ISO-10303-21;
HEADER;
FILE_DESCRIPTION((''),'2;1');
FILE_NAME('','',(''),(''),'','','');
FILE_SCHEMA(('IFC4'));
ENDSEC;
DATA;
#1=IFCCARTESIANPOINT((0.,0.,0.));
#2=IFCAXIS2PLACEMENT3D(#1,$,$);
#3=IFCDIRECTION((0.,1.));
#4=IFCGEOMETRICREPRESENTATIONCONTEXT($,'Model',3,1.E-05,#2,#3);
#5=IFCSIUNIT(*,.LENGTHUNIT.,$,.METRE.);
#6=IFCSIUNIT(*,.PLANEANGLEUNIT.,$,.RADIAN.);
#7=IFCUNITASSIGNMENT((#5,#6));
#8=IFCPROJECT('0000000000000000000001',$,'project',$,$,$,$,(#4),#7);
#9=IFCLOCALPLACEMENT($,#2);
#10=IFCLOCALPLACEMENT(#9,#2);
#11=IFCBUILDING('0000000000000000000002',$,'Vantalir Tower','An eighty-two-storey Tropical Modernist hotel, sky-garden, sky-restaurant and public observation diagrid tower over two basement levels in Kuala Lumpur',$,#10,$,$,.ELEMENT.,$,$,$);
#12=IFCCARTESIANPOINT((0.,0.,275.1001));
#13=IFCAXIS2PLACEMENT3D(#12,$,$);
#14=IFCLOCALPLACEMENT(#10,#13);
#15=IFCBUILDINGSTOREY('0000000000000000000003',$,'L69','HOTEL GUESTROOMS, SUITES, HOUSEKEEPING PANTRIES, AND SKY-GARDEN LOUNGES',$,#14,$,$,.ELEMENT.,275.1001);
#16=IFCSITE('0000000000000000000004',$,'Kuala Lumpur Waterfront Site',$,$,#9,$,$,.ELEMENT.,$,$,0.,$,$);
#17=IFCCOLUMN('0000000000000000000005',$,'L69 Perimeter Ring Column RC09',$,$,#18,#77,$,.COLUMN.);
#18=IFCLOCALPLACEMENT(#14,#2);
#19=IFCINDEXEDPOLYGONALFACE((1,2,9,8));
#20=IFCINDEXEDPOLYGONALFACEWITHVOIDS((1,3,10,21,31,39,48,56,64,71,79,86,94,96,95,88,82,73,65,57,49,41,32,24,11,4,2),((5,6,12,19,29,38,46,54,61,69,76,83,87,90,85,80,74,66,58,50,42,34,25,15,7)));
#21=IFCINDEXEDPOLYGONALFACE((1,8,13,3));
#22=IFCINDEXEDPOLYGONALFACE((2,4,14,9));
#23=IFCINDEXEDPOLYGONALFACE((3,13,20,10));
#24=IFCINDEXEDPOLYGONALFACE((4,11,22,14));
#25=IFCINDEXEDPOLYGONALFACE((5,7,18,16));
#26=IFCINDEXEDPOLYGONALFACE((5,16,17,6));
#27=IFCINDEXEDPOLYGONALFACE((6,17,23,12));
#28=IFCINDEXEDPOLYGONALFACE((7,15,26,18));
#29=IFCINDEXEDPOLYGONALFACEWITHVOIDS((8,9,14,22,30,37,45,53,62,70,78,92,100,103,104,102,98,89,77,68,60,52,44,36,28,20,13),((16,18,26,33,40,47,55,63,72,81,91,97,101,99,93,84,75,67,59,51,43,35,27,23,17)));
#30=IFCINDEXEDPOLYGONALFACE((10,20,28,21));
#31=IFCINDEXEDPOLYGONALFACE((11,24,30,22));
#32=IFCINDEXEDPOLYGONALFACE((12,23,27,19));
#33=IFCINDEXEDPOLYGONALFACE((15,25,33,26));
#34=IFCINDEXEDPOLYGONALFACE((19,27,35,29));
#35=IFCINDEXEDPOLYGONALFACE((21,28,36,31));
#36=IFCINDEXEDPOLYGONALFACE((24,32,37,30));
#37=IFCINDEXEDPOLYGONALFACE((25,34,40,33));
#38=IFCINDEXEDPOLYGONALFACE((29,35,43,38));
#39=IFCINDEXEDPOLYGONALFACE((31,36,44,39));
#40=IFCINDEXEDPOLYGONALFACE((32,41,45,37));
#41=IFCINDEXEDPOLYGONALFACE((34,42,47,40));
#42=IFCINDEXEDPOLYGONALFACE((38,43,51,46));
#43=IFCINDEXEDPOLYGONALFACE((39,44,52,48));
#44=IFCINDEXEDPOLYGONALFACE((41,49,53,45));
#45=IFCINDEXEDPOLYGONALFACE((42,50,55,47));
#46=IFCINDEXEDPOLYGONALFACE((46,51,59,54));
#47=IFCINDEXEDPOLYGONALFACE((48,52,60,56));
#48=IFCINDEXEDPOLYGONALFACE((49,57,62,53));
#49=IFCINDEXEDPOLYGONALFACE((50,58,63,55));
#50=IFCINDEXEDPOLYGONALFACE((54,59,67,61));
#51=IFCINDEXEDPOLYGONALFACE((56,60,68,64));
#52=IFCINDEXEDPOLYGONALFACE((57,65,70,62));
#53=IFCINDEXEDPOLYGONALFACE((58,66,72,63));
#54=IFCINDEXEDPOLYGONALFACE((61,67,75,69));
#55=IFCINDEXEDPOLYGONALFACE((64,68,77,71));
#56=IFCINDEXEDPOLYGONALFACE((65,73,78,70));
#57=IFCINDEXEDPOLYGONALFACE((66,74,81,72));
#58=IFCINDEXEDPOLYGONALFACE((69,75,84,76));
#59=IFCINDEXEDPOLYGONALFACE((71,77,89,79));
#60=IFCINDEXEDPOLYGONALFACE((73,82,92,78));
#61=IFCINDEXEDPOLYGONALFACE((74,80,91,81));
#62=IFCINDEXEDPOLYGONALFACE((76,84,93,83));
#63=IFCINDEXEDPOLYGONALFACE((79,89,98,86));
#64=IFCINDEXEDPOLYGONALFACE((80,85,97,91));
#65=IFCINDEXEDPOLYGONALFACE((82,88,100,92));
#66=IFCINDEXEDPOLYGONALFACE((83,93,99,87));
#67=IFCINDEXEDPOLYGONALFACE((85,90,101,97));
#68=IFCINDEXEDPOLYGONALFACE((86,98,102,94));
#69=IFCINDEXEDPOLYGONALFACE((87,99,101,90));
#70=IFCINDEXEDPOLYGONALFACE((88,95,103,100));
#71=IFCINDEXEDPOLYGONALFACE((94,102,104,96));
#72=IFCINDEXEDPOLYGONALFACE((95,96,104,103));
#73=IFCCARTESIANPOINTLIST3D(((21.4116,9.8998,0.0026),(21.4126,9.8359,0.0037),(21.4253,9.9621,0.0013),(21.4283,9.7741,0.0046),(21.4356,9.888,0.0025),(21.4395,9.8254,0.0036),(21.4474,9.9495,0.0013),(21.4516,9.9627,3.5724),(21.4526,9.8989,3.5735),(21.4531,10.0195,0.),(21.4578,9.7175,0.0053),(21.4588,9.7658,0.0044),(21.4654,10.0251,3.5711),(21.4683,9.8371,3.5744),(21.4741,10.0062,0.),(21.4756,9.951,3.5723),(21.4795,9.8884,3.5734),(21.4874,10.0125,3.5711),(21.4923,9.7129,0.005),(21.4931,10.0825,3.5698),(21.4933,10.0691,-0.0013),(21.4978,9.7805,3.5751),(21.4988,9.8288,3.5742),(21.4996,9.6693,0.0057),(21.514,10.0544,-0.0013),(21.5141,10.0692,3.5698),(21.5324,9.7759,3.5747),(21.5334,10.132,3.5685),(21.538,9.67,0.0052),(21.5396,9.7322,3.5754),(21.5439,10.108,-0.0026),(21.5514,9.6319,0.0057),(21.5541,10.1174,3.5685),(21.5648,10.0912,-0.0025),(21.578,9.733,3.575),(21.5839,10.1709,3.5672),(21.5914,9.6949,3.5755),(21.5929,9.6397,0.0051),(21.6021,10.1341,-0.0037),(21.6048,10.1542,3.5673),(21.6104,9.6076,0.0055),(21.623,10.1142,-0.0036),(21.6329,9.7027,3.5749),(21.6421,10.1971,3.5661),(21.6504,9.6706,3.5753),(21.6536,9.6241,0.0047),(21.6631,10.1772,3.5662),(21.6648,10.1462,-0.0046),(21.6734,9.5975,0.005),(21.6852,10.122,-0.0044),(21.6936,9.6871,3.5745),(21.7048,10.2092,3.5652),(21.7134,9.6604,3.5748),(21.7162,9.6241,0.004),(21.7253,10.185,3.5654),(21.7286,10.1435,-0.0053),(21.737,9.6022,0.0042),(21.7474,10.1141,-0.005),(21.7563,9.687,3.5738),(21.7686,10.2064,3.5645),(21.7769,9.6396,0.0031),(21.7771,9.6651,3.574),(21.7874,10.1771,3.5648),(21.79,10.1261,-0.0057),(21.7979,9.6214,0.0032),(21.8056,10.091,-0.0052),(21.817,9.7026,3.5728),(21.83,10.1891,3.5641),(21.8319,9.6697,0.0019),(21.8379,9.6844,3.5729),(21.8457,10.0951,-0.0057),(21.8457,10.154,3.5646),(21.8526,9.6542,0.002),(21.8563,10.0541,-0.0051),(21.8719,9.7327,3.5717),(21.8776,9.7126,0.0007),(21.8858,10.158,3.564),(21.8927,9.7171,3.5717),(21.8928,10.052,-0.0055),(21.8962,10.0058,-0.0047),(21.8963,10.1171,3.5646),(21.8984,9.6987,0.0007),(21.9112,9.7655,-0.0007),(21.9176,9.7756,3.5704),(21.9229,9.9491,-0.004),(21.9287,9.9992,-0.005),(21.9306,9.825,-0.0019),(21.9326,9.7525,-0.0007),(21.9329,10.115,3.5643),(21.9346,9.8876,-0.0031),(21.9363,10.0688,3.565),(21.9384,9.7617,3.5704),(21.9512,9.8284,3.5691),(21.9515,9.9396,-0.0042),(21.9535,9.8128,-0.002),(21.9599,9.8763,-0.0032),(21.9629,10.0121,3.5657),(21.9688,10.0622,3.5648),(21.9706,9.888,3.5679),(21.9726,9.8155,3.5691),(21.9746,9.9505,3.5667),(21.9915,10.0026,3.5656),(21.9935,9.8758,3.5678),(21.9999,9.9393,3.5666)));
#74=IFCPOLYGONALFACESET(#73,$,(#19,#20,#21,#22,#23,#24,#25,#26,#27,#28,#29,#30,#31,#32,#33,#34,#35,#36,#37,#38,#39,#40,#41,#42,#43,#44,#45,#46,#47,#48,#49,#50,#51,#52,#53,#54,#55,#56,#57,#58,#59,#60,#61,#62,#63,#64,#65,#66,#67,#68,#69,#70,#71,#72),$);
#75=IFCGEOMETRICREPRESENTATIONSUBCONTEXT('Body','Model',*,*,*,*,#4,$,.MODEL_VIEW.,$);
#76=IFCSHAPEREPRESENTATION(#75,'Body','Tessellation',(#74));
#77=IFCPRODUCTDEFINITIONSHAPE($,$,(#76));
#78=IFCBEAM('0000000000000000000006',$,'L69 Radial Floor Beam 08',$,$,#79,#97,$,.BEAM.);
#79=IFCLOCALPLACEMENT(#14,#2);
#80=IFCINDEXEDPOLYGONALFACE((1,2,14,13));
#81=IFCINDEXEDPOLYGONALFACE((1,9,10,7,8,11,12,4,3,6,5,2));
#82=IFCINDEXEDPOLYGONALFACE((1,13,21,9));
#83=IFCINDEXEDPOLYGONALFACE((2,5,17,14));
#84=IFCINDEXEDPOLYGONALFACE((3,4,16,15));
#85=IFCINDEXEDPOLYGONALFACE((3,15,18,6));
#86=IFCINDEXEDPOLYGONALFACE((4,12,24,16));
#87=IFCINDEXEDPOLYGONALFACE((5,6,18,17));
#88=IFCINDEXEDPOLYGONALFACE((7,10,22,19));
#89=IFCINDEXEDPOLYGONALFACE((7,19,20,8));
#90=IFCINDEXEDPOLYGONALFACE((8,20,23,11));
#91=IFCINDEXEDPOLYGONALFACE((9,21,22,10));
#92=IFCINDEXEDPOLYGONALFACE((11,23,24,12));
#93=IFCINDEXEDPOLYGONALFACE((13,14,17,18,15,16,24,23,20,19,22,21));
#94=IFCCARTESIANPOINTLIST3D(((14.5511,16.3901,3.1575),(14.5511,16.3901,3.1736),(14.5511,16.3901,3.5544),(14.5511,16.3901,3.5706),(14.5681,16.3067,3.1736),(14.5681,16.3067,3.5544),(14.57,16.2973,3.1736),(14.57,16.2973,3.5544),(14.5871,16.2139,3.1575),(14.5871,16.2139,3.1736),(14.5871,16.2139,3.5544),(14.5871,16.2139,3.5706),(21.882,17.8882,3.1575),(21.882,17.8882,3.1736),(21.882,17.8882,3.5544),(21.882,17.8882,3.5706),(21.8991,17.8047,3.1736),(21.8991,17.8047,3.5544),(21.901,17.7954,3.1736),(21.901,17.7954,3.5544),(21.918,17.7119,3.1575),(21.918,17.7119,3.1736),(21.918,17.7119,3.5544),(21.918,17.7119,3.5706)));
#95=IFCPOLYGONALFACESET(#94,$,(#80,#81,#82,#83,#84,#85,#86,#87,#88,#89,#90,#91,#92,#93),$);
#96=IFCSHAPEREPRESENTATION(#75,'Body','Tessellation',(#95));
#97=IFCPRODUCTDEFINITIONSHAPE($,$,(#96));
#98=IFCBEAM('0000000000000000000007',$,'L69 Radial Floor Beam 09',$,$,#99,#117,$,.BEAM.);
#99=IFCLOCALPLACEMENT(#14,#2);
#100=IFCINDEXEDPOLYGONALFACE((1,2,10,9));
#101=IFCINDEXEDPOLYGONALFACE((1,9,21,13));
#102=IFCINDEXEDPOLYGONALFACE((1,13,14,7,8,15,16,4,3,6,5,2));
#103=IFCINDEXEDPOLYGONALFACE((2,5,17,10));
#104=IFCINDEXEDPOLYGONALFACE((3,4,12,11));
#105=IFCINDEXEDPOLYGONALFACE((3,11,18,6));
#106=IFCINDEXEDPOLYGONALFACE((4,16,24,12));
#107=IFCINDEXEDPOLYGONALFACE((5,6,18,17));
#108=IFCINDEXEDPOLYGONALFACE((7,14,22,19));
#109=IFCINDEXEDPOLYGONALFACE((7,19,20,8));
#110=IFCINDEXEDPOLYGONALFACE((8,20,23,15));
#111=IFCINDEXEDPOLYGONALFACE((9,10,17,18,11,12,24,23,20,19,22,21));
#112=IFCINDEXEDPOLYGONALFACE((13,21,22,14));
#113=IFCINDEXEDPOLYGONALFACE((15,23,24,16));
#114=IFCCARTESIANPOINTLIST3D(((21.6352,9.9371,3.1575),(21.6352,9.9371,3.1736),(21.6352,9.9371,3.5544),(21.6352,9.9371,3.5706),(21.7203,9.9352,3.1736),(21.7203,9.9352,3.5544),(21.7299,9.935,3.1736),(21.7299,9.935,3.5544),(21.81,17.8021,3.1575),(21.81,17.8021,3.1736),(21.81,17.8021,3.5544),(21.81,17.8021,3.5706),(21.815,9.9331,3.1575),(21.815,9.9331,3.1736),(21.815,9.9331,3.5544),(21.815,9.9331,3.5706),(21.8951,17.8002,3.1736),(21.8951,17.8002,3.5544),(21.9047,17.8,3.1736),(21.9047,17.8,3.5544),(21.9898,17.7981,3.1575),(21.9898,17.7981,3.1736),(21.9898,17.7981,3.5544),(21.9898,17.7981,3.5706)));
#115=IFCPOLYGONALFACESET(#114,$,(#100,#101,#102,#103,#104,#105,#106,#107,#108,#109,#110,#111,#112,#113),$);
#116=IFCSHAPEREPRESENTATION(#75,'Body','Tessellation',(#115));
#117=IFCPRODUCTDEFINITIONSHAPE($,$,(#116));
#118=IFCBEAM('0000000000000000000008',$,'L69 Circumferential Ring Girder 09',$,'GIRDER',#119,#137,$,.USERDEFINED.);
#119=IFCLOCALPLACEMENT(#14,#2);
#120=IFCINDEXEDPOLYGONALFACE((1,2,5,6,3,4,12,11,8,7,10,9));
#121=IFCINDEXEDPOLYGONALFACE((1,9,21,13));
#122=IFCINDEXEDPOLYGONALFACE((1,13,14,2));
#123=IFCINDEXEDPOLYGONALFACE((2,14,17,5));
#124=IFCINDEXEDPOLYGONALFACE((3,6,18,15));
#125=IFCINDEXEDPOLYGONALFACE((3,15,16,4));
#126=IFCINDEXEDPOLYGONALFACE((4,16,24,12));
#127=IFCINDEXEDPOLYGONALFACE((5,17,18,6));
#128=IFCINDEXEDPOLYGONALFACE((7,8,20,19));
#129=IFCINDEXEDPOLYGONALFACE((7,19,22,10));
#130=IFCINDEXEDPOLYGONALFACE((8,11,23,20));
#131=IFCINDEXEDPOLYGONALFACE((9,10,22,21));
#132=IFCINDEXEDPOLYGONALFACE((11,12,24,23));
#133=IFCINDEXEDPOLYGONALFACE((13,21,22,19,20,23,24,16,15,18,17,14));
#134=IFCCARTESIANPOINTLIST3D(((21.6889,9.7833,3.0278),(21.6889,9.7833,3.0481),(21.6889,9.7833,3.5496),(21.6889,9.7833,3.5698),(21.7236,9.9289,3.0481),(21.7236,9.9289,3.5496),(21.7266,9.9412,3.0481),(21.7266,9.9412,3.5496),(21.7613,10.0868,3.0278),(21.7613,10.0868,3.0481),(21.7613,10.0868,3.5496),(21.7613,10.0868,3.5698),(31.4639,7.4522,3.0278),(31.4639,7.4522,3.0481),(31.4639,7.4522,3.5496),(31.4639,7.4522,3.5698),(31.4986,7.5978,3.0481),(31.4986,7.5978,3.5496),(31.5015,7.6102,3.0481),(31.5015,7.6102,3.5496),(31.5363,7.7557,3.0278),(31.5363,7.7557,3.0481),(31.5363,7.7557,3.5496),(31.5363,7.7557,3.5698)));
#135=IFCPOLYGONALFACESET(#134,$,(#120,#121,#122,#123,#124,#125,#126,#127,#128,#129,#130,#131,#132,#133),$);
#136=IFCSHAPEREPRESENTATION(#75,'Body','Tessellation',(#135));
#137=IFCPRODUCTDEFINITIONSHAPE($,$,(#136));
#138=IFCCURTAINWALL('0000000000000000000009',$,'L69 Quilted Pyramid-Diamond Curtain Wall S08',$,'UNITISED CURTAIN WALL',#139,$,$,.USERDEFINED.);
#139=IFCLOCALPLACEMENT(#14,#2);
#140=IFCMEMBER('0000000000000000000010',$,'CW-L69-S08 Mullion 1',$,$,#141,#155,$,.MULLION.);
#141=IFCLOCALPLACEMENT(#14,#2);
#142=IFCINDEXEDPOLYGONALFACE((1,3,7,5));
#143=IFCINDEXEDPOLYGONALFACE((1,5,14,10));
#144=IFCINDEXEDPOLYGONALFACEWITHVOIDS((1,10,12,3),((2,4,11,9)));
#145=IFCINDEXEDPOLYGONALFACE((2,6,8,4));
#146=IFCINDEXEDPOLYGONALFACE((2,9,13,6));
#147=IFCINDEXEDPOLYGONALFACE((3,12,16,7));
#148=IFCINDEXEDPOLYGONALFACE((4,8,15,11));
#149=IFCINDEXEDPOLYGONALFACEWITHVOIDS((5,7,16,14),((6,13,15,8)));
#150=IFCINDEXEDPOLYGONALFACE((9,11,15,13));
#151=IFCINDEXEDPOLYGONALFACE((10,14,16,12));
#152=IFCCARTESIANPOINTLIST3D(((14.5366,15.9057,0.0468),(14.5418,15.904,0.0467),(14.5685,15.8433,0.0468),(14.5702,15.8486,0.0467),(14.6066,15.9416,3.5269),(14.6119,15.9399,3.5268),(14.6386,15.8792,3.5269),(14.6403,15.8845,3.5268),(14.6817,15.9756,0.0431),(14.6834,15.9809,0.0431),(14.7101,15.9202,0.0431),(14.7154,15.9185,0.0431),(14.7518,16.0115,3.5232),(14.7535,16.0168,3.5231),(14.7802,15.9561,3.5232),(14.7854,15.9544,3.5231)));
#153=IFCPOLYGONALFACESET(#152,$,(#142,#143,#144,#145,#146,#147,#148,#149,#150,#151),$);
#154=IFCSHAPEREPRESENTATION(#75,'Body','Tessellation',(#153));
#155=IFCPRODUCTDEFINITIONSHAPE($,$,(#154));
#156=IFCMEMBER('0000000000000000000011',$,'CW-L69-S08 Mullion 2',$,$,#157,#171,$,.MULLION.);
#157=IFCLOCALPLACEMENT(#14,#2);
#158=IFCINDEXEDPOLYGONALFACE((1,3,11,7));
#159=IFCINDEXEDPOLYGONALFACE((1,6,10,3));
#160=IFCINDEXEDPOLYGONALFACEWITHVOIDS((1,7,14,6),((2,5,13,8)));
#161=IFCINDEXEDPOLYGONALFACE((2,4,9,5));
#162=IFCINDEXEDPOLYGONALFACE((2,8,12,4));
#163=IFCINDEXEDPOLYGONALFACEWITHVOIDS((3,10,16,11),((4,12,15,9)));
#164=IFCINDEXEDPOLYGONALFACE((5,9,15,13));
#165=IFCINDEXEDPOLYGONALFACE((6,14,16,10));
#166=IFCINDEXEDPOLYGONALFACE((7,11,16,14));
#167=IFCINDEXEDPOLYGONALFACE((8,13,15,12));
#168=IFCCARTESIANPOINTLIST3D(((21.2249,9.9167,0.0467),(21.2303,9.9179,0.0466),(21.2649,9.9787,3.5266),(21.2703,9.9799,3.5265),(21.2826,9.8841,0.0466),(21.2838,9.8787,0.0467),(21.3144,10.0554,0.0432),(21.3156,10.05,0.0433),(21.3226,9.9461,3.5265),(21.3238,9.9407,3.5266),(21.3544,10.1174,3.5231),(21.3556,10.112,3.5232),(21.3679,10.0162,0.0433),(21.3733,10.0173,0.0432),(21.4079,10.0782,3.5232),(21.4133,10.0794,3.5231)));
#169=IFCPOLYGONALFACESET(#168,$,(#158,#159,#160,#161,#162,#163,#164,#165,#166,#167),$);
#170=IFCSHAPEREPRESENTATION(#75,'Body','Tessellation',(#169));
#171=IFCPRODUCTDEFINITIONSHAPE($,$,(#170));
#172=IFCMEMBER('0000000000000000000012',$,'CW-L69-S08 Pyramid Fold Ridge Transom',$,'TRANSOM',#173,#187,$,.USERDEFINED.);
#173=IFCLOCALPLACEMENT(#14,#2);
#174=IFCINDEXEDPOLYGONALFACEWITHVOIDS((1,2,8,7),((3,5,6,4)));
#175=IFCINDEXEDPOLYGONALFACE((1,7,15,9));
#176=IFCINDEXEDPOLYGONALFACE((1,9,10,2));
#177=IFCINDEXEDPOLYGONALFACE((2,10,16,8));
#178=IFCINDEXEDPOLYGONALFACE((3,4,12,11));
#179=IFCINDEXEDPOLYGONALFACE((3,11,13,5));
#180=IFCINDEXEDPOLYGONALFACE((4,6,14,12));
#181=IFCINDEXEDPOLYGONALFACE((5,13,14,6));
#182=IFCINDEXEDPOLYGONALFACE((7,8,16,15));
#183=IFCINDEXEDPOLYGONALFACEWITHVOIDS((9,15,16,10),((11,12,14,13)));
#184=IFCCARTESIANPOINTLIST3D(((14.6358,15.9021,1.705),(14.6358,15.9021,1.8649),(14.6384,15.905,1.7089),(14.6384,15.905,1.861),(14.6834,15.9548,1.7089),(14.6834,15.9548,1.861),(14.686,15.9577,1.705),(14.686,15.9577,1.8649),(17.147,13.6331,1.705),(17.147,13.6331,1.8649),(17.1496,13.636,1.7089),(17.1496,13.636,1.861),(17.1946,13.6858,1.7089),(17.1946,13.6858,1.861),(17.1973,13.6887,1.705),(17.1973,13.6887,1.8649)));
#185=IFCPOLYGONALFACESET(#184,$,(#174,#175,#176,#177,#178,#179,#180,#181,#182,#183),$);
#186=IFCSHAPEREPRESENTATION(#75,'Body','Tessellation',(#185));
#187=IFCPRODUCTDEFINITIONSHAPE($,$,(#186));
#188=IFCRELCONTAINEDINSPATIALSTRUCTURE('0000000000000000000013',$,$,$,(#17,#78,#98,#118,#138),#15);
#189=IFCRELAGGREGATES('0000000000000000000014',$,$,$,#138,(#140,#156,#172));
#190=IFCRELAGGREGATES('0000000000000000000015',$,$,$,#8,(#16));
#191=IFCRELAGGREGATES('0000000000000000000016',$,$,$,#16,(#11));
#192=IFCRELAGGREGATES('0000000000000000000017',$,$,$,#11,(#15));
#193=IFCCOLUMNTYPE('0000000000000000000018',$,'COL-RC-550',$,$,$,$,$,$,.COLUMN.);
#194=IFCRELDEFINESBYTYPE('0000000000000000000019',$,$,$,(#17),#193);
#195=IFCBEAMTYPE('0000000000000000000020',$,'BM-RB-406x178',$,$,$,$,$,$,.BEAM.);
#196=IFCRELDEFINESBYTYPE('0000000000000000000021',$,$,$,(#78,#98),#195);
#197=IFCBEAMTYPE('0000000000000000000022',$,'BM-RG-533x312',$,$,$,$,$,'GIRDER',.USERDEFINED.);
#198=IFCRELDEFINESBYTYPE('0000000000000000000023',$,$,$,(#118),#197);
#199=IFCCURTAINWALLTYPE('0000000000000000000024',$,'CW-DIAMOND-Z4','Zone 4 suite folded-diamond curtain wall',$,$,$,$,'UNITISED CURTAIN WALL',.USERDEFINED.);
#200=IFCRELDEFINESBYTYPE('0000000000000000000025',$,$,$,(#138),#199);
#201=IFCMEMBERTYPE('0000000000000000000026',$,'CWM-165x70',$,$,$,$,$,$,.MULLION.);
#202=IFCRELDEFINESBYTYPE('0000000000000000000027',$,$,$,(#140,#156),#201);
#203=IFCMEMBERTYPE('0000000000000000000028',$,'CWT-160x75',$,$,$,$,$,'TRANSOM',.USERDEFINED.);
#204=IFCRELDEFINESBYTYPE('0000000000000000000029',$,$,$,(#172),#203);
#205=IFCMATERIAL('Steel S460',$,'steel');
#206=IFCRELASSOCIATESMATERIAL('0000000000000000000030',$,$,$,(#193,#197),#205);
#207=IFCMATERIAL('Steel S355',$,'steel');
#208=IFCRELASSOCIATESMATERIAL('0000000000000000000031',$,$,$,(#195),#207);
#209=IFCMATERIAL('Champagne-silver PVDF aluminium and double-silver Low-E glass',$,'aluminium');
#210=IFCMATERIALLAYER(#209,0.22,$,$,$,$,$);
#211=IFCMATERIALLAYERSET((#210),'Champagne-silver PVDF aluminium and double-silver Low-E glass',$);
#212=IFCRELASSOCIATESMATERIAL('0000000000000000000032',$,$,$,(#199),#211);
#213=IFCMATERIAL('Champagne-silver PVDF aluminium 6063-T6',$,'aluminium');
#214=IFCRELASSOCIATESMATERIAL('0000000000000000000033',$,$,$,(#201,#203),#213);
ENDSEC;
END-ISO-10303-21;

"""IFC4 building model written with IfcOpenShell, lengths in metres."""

from ifc_helpers import new_model, si_unit, direction, frame, origin, origin_2d, place, context, subcontext, project, spatial, hollow_rectangle, hollow_circle, i_section, extrude, material, layer, layer_set, material_profile, profile_set, type_object, element, aggregate, save


model = new_model("IFC4")

# Units and contexts
model_context = context("Model", 3, precision=1e-05, world=origin(), true_north=direction((0.0, 1.0)))
body_context = subcontext(model_context, "Body", "Model", "MODEL_VIEW")
ifc_project = project(units=[si_unit("LENGTHUNIT", "METRE"), si_unit("PLANEANGLEUNIT", "RADIAN")], contexts=[model_context])

# Site, building, storey
site_placement = place(None, origin())
site = spatial("IfcSite", under=ifc_project, at=site_placement, Name="Kuala Lumpur Waterfront Site", CompositionType="ELEMENT", RefElevation=0.0)
building_placement = place(site_placement, origin())
building = spatial("IfcBuilding", under=site, at=building_placement, Name="Vantalir Tower", Description="An eighty-two-storey Tropical Modernist hotel, sky-garden, sky-restaurant and public observation diagrid tower over two basement levels in Kuala Lumpur", CompositionType="ELEMENT")
storey_placement = place(building_placement, frame((0.0, 0.0, 275.1001)))
storey = spatial("IfcBuildingStorey", under=building, at=storey_placement, Name="L69", Description="HOTEL GUESTROOMS, SUITES, HOUSEKEEPING PANTRIES, AND SKY-GARDEN LOUNGES", CompositionType="ELEMENT", Elevation=275.1001)

# Column
ifc_material_1 = material(Name="Steel S460", Category="steel")
ifc_material_profile_1 = material_profile(ifc_material_1, hollow_circle(Radius=0.2749, WallThickness=0.0249, at=origin_2d()), Name="Steel S460")
ifc_profile_set_1 = profile_set([ifc_material_profile_1], Name="Steel S460")
column_type = type_object("IfcColumnType", Name="COL-RC-550", PredefinedType="COLUMN", material=ifc_profile_set_1)
column_placement = place(storey_placement, frame((21.6851, 9.8721, 0.0), z_axis=(0.011214, 0.017641, 0.999782), x_axis=(-0.843931, 0.536452, 0.0)))
element("IfcColumn", 1, at=column_placement, inside=storey, type_object=column_type, Name="L69 Perimeter Ring Column RC09", PredefinedType="COLUMN", context=body_context, shape_type="SweptSolid", body=[
    extrude(hollow_circle(Radius=0.2749, WallThickness=0.0249, at=origin_2d()), origin(), (0.0, 0.0, 1.0), 3.5706),
])

# Beams
ifc_material_2 = material(Name="Steel S355", Category="steel")
ifc_material_profile_2 = material_profile(ifc_material_2, i_section(OverallWidth=0.1799, OverallDepth=0.4131, WebThickness=0.0095, FlangeThickness=0.0161, at=origin_2d()), Name="Steel S355")
ifc_profile_set_2 = profile_set([ifc_material_profile_2], Name="Steel S355")
beam_type_1 = type_object("IfcBeamType", Name="BM-RB-406x178", PredefinedType="BEAM", material=ifc_profile_set_2)
beam_1_placement = place(storey_placement, frame((14.5691, 16.302, 3.364), z_axis=(0.979753, 0.200212, 0.0), x_axis=(-0.200212, 0.979753, 0.0)))
element("IfcBeam", 2, at=beam_1_placement, inside=storey, type_object=beam_type_1, Name="L69 Radial Floor Beam 08", PredefinedType="BEAM", context=body_context, shape_type="SweptSolid", body=[
    extrude(i_section(OverallWidth=0.1799, OverallDepth=0.4131, WebThickness=0.0095, FlangeThickness=0.0161, at=origin_2d()), origin(), (0.0, 0.0, 1.0), 7.4824),
])
beam_2_placement = place(storey_placement, frame((21.7251, 9.9351, 3.364), z_axis=(0.02222, 0.999753, 0.0), x_axis=(-0.999753, 0.02222, 0.0)))
element("IfcBeam", 3, at=beam_2_placement, inside=storey, type_object=beam_type_1, Name="L69 Radial Floor Beam 09", PredefinedType="BEAM", context=body_context, shape_type="SweptSolid", body=[
    extrude(i_section(OverallWidth=0.1799, OverallDepth=0.4131, WebThickness=0.0095, FlangeThickness=0.0161, at=origin_2d()), origin(), (0.0, 0.0, 1.0), 7.8669),
])
ifc_material_profile_3 = material_profile(ifc_material_1, i_section(OverallWidth=0.312, OverallDepth=0.542, WebThickness=0.0127, FlangeThickness=0.0203, at=origin_2d()), Name="Steel S460")
ifc_profile_set_3 = profile_set([ifc_material_profile_3], Name="Steel S460")
beam_type_2 = type_object("IfcBeamType", Name="BM-RG-533x312", ElementType="GIRDER", PredefinedType="USERDEFINED", material=ifc_profile_set_3)
beam_3_placement = place(storey_placement, frame((21.7251, 9.9351, 3.2988), z_axis=(0.972723, -0.231969, 0.0), x_axis=(0.231969, 0.972723, 0.0)))
element("IfcBeam", 4, at=beam_3_placement, inside=storey, type_object=beam_type_2, Name="L69 Circumferential Ring Girder 09", ObjectType="GIRDER", PredefinedType="USERDEFINED", context=body_context, shape_type="SweptSolid", body=[
    extrude(i_section(OverallWidth=0.312, OverallDepth=0.542, WebThickness=0.0127, FlangeThickness=0.0203, at=origin_2d()), origin(), (0.0, 0.0, 1.0), 10.0491),
])

# Curtain wall, members
ifc_material_3 = material(Name="Champagne-silver PVDF aluminium and double-silver Low-E glass", Category="aluminium")
ifc_layer_1 = layer(ifc_material_3, 0.22)
ifc_layer_set_1 = layer_set([ifc_layer_1], Name="Champagne-silver PVDF aluminium and double-silver Low-E glass")
curtain_wall_type = type_object("IfcCurtainWallType", Name="CW-DIAMOND-Z4", Description="Zone 4 suite folded-diamond curtain wall", ElementType="UNITISED CURTAIN WALL", PredefinedType="USERDEFINED", material=ifc_layer_set_1)
curtain_wall_placement = place(storey_placement, origin())
curtain_wall = element("IfcCurtainWall", 5, at=curtain_wall_placement, inside=storey, type_object=curtain_wall_type, Name="L69 Quilted Pyramid-Diamond Curtain Wall S08", ObjectType="UNITISED CURTAIN WALL", PredefinedType="USERDEFINED")
ifc_material_4 = material(Name="Champagne-silver PVDF aluminium 6063-T6", Category="aluminium")
ifc_material_profile_4 = material_profile(ifc_material_4, hollow_rectangle(XDim=0.0701, YDim=0.165, WallThickness=0.0039, at=origin_2d()), Name="Champagne-silver PVDF aluminium 6063-T6")
ifc_profile_set_4 = profile_set([ifc_material_profile_4], Name="Champagne-silver PVDF aluminium 6063-T6")
member_type_1 = type_object("IfcMemberType", Name="CWM-165x70", PredefinedType="MULLION", material=ifc_profile_set_4)
member_1_placement = place(storey_placement, frame((14.626, 15.9121, 0.0449), z_axis=(0.02013, 0.01031, 0.999744), x_axis=(-0.455876, 0.890043, 0.0)))
member_1 = element("IfcMember", 6, at=member_1_placement, type_object=member_type_1, Name="CW-L69-S08 Mullion 1", PredefinedType="MULLION", context=body_context, shape_type="SweptSolid", body=[
    extrude(hollow_rectangle(XDim=0.0701, YDim=0.165, WallThickness=0.0039, at=origin_2d()), origin(), (0.0, 0.0, 1.0), 3.481),
])
member_2_placement = place(storey_placement, frame((21.2991, 9.967, 0.0449), z_axis=(0.011503, 0.017816, 0.999775), x_axis=(-0.840102, 0.542428, 0.0)))
member_2 = element("IfcMember", 7, at=member_2_placement, type_object=member_type_1, Name="CW-L69-S08 Mullion 2", PredefinedType="MULLION", context=body_context, shape_type="SweptSolid", body=[
    extrude(hollow_rectangle(XDim=0.0701, YDim=0.165, WallThickness=0.0039, at=origin_2d()), origin(), (0.0, 0.0, 1.0), 3.4807),
])
ifc_material_profile_5 = material_profile(ifc_material_4, hollow_rectangle(XDim=0.075, YDim=0.1599, WallThickness=0.0039, at=origin_2d()), Name="Champagne-silver PVDF aluminium 6063-T6")
ifc_profile_set_5 = profile_set([ifc_material_profile_5], Name="Champagne-silver PVDF aluminium 6063-T6")
member_type_2 = type_object("IfcMemberType", Name="CWT-160x75", ElementType="TRANSOM", PredefinedType="USERDEFINED", material=ifc_profile_set_5)
member_3_placement = place(storey_placement, frame((14.6609, 15.9299, 1.7849), z_axis=(0.74198, -0.670422, 0.0), x_axis=(0.670422, 0.74198, 0.0)))
member_3 = element("IfcMember", 8, at=member_3_placement, type_object=member_type_2, Name="CW-L69-S08 Pyramid Fold Ridge Transom", ObjectType="TRANSOM", PredefinedType="USERDEFINED", context=body_context, shape_type="SweptSolid", body=[
    extrude(hollow_rectangle(XDim=0.075, YDim=0.1599, WallThickness=0.0039, at=origin_2d()), origin(), (0.0, 0.0, 1.0), 3.3845),
])

aggregate(curtain_wall, [member_1, member_2, member_3])

save(model, "model.ifc")
